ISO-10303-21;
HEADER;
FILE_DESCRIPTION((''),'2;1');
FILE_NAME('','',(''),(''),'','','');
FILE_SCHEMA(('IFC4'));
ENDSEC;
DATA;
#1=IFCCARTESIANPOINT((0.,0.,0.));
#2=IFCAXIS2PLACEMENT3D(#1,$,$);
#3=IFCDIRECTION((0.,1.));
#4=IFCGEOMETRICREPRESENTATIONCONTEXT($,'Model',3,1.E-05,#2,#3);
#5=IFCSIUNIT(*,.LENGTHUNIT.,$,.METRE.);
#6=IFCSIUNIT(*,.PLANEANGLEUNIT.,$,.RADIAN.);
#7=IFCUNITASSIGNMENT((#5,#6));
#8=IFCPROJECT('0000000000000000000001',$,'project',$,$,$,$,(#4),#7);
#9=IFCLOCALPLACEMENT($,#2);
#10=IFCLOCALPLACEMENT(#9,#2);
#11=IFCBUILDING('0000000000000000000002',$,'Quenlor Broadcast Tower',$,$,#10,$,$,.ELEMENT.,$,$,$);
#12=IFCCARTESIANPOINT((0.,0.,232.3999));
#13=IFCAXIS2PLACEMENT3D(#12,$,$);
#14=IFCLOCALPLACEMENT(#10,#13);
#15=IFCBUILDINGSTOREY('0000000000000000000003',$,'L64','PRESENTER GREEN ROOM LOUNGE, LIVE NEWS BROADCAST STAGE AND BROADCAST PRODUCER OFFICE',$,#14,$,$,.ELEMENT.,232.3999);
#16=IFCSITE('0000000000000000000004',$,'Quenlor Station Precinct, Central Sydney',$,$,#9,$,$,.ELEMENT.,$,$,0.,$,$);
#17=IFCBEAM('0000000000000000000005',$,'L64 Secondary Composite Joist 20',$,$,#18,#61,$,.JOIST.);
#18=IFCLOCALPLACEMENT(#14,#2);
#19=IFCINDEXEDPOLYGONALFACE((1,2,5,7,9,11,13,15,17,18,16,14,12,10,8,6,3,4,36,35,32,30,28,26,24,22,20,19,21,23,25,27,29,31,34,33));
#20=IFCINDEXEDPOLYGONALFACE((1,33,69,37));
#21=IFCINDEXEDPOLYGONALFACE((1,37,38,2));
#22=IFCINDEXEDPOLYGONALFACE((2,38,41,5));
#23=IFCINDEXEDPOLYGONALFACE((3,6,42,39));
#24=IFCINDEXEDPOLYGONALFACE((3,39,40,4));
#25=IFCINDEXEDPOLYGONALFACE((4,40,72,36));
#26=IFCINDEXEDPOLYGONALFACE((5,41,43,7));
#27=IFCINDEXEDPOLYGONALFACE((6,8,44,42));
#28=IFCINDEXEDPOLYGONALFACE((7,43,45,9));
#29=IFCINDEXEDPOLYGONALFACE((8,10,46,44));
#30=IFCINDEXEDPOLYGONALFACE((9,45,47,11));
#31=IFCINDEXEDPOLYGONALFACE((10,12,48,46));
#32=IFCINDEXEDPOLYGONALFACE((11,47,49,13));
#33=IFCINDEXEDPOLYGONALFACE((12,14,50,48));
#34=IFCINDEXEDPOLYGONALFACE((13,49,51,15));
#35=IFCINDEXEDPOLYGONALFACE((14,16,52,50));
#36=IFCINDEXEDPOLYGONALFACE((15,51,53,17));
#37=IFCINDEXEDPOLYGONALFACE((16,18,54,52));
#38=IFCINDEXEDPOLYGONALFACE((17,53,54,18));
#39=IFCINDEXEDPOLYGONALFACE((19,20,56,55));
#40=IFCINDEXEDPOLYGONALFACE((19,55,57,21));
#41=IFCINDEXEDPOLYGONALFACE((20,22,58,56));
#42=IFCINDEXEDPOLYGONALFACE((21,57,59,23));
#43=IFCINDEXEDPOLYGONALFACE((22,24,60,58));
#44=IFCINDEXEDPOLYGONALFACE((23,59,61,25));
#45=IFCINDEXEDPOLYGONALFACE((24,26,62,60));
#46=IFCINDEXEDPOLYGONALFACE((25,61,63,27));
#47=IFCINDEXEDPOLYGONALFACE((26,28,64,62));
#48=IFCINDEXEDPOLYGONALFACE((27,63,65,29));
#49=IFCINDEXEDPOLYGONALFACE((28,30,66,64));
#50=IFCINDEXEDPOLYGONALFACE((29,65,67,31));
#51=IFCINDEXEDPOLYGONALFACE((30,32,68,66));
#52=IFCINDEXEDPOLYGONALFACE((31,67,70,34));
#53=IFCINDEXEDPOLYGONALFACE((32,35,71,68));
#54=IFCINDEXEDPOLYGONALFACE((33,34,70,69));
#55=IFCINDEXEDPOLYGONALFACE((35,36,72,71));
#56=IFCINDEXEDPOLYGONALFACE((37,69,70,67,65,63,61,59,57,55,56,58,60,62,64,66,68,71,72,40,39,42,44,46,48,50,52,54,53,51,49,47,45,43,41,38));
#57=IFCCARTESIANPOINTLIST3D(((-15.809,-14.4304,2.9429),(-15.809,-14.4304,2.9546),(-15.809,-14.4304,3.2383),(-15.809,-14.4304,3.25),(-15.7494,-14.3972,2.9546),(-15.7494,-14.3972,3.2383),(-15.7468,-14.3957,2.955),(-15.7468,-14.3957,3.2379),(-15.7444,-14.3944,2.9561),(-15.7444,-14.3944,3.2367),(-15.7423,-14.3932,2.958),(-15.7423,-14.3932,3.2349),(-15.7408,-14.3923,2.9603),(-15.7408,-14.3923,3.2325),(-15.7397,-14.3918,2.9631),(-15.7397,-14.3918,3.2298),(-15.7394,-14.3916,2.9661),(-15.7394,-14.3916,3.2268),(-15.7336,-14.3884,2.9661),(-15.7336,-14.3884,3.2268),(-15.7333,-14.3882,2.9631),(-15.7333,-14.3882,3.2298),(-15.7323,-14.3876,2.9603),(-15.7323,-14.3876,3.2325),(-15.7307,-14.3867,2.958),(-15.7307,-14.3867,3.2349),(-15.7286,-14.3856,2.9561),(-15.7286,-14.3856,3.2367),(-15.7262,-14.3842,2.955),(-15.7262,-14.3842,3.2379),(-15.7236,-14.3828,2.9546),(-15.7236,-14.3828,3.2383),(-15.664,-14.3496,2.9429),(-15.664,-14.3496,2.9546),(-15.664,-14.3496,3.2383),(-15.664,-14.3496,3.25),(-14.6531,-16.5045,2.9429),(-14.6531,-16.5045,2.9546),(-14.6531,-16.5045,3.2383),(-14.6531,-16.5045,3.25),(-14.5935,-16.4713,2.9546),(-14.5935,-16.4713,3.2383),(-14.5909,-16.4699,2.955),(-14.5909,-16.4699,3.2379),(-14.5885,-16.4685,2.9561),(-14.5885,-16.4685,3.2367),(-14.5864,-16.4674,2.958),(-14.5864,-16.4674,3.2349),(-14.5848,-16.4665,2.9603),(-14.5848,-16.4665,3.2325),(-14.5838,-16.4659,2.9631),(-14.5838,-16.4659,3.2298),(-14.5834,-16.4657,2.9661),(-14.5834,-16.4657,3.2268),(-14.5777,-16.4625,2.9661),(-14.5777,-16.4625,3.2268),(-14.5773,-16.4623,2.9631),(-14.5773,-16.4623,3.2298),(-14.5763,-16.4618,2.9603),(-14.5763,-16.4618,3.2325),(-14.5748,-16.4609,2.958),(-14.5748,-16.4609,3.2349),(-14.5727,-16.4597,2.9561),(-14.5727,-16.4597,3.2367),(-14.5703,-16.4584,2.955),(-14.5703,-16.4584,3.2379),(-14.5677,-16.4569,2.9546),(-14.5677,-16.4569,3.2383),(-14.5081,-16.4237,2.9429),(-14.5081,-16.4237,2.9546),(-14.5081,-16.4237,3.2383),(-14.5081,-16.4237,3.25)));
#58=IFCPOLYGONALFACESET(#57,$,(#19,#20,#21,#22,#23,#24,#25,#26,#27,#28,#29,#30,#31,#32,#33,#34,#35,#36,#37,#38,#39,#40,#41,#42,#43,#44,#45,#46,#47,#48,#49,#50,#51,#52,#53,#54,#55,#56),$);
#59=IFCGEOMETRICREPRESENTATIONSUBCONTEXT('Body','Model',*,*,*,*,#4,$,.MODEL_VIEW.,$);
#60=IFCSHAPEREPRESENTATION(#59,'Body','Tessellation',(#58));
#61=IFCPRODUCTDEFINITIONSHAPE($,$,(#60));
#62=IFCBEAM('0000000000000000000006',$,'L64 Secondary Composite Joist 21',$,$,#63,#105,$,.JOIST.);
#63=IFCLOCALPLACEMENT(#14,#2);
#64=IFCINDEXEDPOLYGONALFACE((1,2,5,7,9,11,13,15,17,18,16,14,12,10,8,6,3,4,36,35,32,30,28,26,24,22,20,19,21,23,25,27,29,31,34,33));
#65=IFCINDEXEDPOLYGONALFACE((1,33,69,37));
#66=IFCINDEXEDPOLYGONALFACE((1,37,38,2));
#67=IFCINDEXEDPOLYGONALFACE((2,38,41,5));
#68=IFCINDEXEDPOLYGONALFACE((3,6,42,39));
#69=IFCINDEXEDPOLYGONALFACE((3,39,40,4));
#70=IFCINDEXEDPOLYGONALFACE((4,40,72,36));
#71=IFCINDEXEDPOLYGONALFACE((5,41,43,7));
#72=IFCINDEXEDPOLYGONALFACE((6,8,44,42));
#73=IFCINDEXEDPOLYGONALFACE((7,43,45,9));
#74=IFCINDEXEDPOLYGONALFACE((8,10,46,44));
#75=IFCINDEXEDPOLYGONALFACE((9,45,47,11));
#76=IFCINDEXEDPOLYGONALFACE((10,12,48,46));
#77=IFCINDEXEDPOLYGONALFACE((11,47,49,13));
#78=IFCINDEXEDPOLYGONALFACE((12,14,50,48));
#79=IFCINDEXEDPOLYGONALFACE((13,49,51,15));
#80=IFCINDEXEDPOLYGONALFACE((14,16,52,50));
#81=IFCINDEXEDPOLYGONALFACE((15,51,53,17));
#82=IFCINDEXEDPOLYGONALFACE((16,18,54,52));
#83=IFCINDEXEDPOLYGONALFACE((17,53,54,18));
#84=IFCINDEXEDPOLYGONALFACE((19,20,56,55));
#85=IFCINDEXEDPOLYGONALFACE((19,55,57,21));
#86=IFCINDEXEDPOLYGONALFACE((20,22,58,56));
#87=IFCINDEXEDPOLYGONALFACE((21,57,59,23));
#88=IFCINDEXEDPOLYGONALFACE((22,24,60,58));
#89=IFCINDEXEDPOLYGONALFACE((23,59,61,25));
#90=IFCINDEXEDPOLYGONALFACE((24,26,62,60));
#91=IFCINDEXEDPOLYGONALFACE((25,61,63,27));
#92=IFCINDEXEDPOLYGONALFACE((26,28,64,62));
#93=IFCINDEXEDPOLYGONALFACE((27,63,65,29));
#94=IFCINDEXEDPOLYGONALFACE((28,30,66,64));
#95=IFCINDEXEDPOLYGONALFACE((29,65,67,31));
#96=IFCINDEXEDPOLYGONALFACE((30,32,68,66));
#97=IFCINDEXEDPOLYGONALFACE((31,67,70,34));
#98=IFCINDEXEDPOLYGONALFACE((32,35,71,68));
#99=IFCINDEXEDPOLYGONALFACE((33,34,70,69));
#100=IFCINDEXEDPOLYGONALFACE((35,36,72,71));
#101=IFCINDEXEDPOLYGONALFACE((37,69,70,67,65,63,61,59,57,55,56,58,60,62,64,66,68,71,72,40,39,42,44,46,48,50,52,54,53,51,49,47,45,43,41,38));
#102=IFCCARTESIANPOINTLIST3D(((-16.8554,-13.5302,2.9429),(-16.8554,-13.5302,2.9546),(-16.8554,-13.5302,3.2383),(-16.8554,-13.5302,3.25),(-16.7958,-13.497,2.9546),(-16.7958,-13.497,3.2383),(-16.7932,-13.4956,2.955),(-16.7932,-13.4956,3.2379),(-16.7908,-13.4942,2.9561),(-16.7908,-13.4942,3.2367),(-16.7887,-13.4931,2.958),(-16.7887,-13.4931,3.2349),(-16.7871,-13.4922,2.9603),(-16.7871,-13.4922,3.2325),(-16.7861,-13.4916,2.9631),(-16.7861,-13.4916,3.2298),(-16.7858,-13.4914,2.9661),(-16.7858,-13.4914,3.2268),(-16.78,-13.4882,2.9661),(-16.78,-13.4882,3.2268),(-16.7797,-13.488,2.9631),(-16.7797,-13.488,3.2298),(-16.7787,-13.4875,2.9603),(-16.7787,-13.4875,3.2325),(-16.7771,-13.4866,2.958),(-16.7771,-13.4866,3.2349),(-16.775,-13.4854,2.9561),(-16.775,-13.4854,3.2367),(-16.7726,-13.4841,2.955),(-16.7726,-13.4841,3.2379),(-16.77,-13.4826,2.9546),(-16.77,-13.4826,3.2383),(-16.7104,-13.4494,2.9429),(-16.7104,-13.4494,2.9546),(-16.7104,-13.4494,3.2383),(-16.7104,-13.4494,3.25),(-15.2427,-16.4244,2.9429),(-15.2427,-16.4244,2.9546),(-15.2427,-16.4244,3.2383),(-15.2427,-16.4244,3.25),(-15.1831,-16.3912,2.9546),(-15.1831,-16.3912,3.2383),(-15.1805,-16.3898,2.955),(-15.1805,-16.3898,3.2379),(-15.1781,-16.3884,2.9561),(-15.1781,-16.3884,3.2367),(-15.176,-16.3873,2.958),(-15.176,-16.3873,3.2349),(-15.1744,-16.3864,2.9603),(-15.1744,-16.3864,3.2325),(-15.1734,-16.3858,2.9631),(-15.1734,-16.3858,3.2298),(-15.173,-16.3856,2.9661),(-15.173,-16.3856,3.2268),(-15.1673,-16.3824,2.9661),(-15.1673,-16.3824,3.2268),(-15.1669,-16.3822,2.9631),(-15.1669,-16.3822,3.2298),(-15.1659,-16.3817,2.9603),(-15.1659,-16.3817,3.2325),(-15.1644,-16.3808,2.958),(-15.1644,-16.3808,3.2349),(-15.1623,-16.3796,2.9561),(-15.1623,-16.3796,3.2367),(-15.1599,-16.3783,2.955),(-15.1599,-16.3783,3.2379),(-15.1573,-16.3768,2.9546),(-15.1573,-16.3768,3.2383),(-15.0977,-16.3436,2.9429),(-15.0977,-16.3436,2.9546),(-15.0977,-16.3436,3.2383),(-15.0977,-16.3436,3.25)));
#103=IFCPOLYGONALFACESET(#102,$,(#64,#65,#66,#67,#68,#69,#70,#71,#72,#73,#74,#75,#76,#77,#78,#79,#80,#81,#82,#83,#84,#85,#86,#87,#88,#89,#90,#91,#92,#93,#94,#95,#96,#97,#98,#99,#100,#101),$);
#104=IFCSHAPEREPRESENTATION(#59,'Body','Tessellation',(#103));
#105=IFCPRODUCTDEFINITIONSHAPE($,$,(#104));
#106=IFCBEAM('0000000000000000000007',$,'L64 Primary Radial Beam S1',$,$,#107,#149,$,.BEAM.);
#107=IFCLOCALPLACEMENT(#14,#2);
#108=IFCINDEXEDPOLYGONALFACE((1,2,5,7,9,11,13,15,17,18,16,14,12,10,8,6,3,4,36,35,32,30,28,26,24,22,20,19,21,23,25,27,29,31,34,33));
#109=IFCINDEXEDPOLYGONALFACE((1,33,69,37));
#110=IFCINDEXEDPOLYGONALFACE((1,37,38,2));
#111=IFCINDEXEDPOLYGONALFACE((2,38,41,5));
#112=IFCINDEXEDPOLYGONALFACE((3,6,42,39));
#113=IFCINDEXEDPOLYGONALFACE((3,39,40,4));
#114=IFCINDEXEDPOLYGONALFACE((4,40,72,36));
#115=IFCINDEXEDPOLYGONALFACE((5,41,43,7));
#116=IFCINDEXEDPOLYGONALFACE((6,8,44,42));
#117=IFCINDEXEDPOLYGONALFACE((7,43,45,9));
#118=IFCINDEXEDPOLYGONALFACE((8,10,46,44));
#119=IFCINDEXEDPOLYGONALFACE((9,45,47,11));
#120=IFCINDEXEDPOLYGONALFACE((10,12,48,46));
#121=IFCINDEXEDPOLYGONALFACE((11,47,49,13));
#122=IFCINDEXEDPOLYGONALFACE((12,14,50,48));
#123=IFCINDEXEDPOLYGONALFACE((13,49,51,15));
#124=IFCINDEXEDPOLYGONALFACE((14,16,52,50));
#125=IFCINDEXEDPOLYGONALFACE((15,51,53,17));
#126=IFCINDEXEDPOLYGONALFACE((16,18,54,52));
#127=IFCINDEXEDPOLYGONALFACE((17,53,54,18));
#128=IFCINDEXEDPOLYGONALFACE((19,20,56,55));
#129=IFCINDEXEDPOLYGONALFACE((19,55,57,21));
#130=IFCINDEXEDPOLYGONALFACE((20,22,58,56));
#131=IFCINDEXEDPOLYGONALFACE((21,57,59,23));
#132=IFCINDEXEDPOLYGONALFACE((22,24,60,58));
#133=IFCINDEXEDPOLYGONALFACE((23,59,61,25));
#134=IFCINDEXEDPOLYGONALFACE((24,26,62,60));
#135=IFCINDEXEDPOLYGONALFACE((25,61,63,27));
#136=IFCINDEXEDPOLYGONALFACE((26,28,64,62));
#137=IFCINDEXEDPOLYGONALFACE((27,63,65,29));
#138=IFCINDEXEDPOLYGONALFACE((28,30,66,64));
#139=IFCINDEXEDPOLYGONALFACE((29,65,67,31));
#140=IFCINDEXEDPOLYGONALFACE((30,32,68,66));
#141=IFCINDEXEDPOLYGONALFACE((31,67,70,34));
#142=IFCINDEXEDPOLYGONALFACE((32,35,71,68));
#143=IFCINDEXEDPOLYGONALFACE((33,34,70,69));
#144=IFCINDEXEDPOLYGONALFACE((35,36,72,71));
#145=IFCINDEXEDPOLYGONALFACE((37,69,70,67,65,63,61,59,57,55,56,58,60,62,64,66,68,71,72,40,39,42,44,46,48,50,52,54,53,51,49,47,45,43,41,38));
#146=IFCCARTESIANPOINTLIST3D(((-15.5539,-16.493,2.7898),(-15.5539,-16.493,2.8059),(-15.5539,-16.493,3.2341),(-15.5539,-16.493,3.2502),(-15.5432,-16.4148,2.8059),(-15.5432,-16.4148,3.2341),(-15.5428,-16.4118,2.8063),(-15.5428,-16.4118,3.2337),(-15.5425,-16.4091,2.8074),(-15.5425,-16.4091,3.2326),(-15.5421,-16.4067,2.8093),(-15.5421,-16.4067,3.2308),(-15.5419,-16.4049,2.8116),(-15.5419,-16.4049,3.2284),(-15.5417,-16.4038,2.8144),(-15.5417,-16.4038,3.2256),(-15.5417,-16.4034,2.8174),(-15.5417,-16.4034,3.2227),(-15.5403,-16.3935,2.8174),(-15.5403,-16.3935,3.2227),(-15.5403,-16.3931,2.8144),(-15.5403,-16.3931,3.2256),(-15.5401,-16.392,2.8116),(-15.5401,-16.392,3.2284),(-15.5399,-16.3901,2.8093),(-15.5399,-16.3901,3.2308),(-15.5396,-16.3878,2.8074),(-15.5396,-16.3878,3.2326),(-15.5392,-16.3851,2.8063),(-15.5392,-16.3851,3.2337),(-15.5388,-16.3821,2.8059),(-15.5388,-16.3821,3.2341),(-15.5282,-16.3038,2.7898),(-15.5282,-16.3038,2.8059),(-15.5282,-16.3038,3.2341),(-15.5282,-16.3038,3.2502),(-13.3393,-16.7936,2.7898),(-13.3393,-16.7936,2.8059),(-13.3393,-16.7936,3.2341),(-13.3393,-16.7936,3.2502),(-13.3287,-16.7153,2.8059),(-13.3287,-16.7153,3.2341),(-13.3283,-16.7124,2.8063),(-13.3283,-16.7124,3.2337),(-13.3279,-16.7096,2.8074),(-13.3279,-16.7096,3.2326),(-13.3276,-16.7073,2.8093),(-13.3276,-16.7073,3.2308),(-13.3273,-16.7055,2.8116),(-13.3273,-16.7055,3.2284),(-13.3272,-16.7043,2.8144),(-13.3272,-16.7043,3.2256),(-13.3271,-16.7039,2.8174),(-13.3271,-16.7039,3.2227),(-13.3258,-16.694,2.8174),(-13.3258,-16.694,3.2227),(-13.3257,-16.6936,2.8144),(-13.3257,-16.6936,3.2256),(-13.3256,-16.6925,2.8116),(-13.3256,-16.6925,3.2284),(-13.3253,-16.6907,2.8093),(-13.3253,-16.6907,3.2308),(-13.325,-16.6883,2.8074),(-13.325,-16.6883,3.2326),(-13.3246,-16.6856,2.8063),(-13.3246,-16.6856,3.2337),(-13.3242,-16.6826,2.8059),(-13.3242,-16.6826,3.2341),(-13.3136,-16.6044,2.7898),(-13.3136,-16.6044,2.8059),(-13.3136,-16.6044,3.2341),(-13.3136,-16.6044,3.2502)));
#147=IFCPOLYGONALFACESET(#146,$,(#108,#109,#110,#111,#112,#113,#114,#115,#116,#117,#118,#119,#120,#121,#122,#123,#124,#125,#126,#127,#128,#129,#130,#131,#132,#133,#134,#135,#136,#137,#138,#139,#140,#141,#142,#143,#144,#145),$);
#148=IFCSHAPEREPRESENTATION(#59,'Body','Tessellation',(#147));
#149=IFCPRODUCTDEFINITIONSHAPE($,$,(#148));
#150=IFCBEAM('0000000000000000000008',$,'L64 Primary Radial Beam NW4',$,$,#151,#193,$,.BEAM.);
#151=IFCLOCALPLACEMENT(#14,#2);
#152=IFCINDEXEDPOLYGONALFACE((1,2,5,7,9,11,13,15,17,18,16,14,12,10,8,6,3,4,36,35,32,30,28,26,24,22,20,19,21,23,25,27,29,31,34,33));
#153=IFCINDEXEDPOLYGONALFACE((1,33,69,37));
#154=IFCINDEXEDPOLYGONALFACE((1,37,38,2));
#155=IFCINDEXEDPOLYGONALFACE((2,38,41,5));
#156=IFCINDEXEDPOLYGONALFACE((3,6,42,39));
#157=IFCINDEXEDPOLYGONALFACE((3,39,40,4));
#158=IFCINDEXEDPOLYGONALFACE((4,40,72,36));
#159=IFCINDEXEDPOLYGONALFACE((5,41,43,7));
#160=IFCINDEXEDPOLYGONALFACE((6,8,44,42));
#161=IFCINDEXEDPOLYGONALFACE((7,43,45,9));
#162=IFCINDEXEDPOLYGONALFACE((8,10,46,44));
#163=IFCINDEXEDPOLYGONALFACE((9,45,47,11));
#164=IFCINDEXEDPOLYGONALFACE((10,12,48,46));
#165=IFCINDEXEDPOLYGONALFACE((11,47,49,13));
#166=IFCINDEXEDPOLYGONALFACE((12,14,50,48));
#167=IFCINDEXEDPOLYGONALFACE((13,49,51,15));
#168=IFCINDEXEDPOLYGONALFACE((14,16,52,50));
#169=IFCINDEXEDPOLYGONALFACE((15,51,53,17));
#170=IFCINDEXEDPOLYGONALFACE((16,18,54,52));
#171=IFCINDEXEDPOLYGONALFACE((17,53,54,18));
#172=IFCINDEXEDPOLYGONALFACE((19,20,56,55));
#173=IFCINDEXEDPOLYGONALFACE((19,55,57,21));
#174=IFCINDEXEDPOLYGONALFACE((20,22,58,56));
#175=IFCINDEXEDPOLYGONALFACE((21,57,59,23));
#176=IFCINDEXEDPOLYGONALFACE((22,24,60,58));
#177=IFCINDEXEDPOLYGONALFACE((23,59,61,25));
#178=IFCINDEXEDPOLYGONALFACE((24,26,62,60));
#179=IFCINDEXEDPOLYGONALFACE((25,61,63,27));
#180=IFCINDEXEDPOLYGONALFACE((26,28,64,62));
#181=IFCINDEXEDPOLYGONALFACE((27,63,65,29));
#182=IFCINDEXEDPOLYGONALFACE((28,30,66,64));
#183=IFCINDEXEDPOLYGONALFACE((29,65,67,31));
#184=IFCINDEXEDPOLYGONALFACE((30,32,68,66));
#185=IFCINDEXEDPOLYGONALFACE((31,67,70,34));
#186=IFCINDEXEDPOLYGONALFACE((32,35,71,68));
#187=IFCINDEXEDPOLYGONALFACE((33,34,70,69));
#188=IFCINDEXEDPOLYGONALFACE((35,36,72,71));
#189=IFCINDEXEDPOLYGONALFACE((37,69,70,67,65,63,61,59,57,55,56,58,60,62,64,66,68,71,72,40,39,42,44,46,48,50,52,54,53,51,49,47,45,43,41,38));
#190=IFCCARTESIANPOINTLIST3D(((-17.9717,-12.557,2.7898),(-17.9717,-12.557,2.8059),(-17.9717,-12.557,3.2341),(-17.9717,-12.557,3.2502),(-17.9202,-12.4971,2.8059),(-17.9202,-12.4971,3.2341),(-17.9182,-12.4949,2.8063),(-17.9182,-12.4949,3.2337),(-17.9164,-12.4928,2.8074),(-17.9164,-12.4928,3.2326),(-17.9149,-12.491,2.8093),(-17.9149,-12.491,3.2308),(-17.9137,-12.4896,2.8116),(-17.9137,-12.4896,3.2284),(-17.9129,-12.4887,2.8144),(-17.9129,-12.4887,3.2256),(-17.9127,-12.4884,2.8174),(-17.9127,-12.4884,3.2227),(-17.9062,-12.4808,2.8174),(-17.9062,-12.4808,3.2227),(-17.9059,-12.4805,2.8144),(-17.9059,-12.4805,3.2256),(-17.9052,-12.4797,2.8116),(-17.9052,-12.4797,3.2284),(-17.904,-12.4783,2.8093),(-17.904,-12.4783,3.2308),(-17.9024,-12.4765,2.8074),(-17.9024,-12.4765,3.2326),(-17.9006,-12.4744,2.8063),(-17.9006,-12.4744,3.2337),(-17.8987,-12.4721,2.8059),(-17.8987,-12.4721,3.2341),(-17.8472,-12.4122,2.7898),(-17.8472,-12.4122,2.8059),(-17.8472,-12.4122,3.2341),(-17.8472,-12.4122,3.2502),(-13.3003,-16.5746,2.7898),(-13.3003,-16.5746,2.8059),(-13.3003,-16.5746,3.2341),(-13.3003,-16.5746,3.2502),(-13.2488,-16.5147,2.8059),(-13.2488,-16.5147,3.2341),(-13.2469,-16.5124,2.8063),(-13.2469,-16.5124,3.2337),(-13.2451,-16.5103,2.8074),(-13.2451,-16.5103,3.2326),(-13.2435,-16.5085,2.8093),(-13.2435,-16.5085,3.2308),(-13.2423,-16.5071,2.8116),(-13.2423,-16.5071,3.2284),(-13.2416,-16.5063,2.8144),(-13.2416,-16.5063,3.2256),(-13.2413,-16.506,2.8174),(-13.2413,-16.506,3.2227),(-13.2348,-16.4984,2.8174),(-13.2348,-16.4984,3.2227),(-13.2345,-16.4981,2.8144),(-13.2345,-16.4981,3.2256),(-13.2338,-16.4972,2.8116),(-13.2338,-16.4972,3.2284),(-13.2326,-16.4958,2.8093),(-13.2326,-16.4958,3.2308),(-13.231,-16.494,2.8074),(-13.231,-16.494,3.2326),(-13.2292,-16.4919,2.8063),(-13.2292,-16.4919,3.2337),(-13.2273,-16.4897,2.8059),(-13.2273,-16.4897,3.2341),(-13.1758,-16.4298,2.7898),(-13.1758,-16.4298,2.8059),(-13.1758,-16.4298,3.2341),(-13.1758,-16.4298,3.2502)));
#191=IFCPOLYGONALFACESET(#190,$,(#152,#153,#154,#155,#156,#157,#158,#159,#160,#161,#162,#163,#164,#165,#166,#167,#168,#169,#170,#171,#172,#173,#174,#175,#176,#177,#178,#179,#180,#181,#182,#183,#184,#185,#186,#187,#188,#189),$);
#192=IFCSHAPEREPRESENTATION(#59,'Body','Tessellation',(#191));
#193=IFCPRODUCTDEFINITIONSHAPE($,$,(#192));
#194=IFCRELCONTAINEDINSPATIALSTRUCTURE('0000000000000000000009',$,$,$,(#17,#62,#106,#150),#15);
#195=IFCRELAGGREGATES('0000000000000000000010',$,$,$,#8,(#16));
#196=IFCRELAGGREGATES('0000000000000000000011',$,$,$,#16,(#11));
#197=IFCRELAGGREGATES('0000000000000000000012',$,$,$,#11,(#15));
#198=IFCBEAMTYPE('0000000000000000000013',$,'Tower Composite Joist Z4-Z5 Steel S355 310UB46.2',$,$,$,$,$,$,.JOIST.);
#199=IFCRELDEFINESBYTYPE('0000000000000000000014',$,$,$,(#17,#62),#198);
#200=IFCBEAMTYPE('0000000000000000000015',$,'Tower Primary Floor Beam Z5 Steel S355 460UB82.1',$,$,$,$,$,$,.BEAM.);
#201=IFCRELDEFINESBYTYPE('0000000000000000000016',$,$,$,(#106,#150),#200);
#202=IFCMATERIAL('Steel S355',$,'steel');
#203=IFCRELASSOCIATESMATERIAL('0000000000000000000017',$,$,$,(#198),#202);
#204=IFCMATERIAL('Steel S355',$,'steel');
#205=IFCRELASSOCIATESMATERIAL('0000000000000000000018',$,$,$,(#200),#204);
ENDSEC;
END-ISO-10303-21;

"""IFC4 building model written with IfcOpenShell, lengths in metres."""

from ifc_helpers import new_model, si_unit, direction, frame, origin, origin_2d, place, context, subcontext, project, spatial, i_section, extrude, material, material_profile, profile_set, type_object, element, save


model = new_model("IFC4")

# Units and contexts
model_context = context("Model", 3, precision=1e-05, world=origin(), true_north=direction((0.0, 1.0)))
body_context = subcontext(model_context, "Body", "Model", "MODEL_VIEW")
ifc_project = project(units=[si_unit("LENGTHUNIT", "METRE"), si_unit("PLANEANGLEUNIT", "RADIAN")], contexts=[model_context])

# Site, building, storey
site_placement = place(None, origin())
site = spatial("IfcSite", under=ifc_project, at=site_placement, Name="Quenlor Station Precinct, Central Sydney", CompositionType="ELEMENT", RefElevation=0.0)
building_placement = place(site_placement, origin())
building = spatial("IfcBuilding", under=site, at=building_placement, Name="Quenlor Broadcast Tower", CompositionType="ELEMENT")
storey_placement = place(building_placement, frame((0.0, 0.0, 232.3999)))
storey = spatial("IfcBuildingStorey", under=building, at=storey_placement, Name="L64", Description="PRESENTER GREEN ROOM LOUNGE, LIVE NEWS BROADCAST STAGE AND BROADCAST PRODUCER OFFICE", CompositionType="ELEMENT", Elevation=232.3999)

# Beams
ifc_material_1 = material(Name="Steel S355", Category="steel")
ifc_material_profile_1 = material_profile(ifc_material_1, i_section(OverallWidth=0.166, OverallDepth=0.3071, WebThickness=0.0066, FlangeThickness=0.0117, FilletRadius=0.0115, at=origin_2d()))
ifc_profile_set_1 = profile_set([ifc_material_profile_1], Name="Steel S355 310UB46.2")
beam_type_1 = type_object("IfcBeamType", Name="Tower Composite Joist Z4-Z5 Steel S355 310UB46.2", PredefinedType="JOIST", material=ifc_profile_set_1)
beam_1_placement = place(storey_placement, frame((-14.5806, -16.4641, 3.0964), z_axis=(-0.486821, 0.873502, 0.0), x_axis=(-0.873502, -0.486821, 0.0)))
element("IfcBeam", 1, at=beam_1_placement, inside=storey, type_object=beam_type_1, Name="L64 Secondary Composite Joist 20", PredefinedType="JOIST", context=body_context, shape_type="SweptSolid", body=[
    extrude(i_section(OverallWidth=0.166, OverallDepth=0.3071, WebThickness=0.0066, FlangeThickness=0.0117, FilletRadius=0.0115, at=origin_2d()), origin(), (0.0, 0.0, 1.0), 2.3745),
])
beam_2_placement = place(storey_placement, frame((-15.1702, -16.384, 3.0964), z_axis=(-0.486762, 0.873534, 0.0), x_axis=(-0.873534, -0.486762, 0.0)))
element("IfcBeam", 2, at=beam_2_placement, inside=storey, type_object=beam_type_1, Name="L64 Secondary Composite Joist 21", PredefinedType="JOIST", context=body_context, shape_type="SweptSolid", body=[
    extrude(i_section(OverallWidth=0.166, OverallDepth=0.3071, WebThickness=0.0066, FlangeThickness=0.0117, FilletRadius=0.0115, at=origin_2d()), origin(), (0.0, 0.0, 1.0), 3.3132),
])
ifc_material_2 = material(Name="Steel S355", Category="steel")
ifc_material_profile_2 = material_profile(ifc_material_2, i_section(OverallWidth=0.1909, OverallDepth=0.4604, WebThickness=0.01, FlangeThickness=0.0161, FilletRadius=0.0115, at=origin_2d()))
ifc_profile_set_2 = profile_set([ifc_material_profile_2], Name="Steel S355 460UB82.1")
beam_type_2 = type_object("IfcBeamType", Name="Tower Primary Floor Beam Z5 Steel S355 460UB82.1", PredefinedType="BEAM", material=ifc_profile_set_2)
beam_3_placement = place(storey_placement, frame((-15.541, -16.3984, 3.02), z_axis=(0.990917, -0.134475, 0.0), x_axis=(0.134475, 0.990917, 0.0)))
element("IfcBeam", 3, at=beam_3_placement, inside=storey, type_object=beam_type_2, Name="L64 Primary Radial Beam S1", PredefinedType="BEAM", context=body_context, shape_type="SweptSolid", body=[
    extrude(i_section(OverallWidth=0.1909, OverallDepth=0.4604, WebThickness=0.01, FlangeThickness=0.0161, FilletRadius=0.0115, at=origin_2d()), origin(), (0.0, 0.0, 1.0), 2.2349),
])
beam_4_placement = place(storey_placement, frame((-17.9094, -12.4846, 3.02), z_axis=(0.75817, -0.652057, 0.0), x_axis=(0.652057, 0.75817, 0.0)))
element("IfcBeam", 4, at=beam_4_placement, inside=storey, type_object=beam_type_2, Name="L64 Primary Radial Beam NW4", PredefinedType="BEAM", context=body_context, shape_type="SweptSolid", body=[
    extrude(i_section(OverallWidth=0.1909, OverallDepth=0.4604, WebThickness=0.01, FlangeThickness=0.0161, FilletRadius=0.0115, at=origin_2d()), origin(), (0.0, 0.0, 1.0), 6.1614),
])

save(model, "model.ifc")
